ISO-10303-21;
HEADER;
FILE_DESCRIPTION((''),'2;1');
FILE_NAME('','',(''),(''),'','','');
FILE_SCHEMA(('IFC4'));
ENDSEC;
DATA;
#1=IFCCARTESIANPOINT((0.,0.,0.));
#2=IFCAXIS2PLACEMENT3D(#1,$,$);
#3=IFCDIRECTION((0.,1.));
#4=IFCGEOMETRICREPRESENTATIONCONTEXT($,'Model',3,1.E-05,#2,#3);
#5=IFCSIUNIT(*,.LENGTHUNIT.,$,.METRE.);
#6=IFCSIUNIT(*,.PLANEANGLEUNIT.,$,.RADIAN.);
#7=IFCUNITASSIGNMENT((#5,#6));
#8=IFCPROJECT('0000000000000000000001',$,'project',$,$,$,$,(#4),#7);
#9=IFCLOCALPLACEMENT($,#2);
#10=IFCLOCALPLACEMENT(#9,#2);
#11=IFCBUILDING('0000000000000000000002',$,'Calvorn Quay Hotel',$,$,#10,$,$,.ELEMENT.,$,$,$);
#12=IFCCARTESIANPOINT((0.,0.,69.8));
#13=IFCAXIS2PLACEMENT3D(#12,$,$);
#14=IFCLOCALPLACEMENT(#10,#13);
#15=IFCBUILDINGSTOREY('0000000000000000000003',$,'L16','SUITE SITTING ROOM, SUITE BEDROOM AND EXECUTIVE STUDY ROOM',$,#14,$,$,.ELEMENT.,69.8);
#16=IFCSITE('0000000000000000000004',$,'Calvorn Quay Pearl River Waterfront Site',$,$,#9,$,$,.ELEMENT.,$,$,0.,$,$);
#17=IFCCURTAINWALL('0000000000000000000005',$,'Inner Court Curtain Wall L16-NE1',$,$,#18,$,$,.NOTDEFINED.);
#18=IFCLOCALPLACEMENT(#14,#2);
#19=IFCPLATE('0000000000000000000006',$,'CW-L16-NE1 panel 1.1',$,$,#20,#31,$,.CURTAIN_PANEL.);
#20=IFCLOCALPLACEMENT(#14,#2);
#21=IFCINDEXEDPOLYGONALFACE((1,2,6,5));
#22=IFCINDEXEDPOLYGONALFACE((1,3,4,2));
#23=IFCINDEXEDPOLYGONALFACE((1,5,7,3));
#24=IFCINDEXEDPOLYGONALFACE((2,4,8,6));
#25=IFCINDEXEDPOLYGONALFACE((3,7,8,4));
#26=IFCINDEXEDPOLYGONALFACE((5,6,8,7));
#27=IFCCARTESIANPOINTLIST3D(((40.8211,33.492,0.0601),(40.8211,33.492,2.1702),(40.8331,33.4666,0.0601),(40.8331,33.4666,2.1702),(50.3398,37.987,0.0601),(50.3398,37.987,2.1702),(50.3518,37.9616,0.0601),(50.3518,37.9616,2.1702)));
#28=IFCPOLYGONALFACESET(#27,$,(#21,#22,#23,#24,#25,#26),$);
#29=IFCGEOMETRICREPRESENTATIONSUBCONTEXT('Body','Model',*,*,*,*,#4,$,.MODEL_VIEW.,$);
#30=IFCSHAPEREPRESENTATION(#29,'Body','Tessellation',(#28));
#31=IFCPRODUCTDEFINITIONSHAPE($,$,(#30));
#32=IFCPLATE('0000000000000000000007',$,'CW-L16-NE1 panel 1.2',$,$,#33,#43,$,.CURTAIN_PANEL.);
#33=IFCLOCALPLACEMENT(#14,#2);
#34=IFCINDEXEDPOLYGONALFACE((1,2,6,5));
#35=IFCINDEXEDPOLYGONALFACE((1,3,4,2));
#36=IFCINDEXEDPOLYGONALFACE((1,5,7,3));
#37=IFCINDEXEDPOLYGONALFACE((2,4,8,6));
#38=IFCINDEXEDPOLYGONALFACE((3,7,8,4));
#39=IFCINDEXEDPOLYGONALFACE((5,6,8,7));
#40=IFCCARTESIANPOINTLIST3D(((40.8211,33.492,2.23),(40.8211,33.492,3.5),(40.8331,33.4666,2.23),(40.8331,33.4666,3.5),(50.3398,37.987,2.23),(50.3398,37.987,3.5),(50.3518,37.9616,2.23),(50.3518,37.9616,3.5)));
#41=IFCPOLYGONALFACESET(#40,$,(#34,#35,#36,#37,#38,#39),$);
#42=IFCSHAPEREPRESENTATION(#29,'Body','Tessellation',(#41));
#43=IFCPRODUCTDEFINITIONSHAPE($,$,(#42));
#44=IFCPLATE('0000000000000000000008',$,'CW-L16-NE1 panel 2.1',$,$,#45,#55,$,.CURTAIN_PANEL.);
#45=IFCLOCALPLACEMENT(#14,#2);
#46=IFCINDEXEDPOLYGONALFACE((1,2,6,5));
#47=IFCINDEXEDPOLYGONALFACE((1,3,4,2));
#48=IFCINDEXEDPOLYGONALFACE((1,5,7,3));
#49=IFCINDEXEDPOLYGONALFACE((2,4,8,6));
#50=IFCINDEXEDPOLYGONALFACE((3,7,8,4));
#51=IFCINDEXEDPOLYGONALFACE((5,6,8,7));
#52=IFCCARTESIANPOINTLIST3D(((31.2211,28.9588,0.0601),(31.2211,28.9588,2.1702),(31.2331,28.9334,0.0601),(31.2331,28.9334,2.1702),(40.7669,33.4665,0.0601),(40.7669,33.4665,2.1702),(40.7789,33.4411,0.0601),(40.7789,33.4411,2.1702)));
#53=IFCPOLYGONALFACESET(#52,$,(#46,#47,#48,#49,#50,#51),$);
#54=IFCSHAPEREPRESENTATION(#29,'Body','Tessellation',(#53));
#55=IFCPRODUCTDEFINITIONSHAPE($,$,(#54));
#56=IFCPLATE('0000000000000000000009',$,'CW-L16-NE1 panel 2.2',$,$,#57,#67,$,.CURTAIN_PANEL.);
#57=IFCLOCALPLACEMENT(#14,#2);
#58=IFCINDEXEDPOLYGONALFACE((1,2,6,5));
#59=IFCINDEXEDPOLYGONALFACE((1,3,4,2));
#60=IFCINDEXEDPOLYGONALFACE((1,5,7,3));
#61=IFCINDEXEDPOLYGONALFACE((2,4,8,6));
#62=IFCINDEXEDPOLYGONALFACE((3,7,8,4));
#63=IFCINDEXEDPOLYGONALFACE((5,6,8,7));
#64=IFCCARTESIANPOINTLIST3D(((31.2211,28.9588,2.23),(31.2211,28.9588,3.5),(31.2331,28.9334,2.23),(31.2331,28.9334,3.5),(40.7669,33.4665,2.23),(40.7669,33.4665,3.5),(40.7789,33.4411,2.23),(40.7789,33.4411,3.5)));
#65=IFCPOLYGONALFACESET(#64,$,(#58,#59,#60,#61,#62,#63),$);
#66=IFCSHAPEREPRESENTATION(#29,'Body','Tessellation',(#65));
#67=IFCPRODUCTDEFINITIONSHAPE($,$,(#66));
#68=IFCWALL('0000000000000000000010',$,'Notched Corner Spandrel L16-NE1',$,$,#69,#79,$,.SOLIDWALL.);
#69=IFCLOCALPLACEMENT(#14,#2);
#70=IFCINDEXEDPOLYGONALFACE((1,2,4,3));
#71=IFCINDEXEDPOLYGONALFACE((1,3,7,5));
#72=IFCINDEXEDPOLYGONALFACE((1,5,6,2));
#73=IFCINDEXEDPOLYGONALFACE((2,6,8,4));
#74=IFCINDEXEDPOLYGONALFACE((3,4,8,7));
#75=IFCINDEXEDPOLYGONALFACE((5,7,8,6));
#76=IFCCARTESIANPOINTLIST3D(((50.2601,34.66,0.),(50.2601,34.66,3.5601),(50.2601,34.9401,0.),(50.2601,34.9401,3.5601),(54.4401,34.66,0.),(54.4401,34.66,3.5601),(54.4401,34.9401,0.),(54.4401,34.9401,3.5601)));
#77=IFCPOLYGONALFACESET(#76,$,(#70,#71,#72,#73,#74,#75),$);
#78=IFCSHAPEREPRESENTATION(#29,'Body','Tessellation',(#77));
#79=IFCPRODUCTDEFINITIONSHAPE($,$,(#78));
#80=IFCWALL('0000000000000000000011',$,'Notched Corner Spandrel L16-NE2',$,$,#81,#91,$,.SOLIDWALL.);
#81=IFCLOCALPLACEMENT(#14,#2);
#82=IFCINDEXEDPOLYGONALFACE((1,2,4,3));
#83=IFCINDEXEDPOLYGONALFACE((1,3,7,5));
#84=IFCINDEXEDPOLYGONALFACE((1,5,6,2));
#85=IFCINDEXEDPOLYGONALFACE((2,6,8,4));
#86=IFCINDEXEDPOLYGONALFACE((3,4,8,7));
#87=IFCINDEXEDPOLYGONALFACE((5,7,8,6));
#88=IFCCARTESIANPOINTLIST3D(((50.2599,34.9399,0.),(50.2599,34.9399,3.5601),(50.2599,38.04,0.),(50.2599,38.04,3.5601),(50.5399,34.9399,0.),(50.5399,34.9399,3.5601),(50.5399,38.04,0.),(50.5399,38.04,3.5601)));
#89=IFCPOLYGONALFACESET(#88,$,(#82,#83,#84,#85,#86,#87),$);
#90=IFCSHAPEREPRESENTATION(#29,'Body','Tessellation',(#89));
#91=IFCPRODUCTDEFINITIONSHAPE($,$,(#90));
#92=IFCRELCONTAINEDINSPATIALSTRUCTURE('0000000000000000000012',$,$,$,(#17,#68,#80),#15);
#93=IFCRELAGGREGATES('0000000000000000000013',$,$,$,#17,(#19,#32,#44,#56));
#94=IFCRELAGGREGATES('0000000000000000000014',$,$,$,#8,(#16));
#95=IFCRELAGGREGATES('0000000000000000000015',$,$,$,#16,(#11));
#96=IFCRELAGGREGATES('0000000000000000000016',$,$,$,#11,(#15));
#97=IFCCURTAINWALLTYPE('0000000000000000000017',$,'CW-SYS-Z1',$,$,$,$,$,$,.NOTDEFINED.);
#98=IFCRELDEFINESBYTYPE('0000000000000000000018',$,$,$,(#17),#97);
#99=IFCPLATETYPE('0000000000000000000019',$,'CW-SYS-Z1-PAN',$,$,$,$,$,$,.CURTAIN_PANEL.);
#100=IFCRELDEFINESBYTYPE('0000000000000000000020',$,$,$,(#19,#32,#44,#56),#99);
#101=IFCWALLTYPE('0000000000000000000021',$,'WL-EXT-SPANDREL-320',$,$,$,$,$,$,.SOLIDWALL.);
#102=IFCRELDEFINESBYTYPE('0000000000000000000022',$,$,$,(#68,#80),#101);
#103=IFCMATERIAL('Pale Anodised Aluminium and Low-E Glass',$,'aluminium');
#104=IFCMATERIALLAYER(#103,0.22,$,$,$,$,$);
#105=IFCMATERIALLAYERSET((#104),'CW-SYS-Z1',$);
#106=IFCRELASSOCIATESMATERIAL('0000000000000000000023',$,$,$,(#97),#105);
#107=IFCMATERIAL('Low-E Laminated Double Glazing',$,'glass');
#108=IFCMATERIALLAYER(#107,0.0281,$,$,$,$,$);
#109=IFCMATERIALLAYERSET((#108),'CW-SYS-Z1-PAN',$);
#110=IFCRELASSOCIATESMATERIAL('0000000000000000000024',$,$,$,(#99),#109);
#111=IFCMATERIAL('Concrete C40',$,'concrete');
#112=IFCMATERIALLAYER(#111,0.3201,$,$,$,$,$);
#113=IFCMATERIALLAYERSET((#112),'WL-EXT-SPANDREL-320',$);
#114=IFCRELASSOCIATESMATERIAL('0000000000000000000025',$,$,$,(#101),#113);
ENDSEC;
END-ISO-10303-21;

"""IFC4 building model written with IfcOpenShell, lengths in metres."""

from ifc_helpers import new_model, si_unit, direction, frame, frame_2d, origin, origin_2d, place, context, subcontext, project, spatial, rectangle, extrude, material, layer, layer_set, type_object, element, aggregate, save


model = new_model("IFC4")

# Units and contexts
model_context = context("Model", 3, precision=1e-05, world=origin(), true_north=direction((0.0, 1.0)))
body_context = subcontext(model_context, "Body", "Model", "MODEL_VIEW")
ifc_project = project(units=[si_unit("LENGTHUNIT", "METRE"), si_unit("PLANEANGLEUNIT", "RADIAN")], contexts=[model_context])

# Site, building, storey
site_placement = place(None, origin())
site = spatial("IfcSite", under=ifc_project, at=site_placement, Name="Calvorn Quay Pearl River Waterfront Site", CompositionType="ELEMENT", RefElevation=0.0)
building_placement = place(site_placement, origin())
building = spatial("IfcBuilding", under=site, at=building_placement, Name="Calvorn Quay Hotel", CompositionType="ELEMENT")
storey_placement = place(building_placement, frame((0.0, 0.0, 69.8)))
storey = spatial("IfcBuildingStorey", under=building, at=storey_placement, Name="L16", Description="SUITE SITTING ROOM, SUITE BEDROOM AND EXECUTIVE STUDY ROOM", CompositionType="ELEMENT", Elevation=69.8)

# Curtain wall, plates
ifc_material_1 = material(Name="Pale Anodised Aluminium and Low-E Glass", Category="aluminium")
ifc_layer_1 = layer(ifc_material_1, 0.22)
ifc_layer_set_1 = layer_set([ifc_layer_1], Name="CW-SYS-Z1")
curtain_wall_type = type_object("IfcCurtainWallType", Name="CW-SYS-Z1", PredefinedType="NOTDEFINED", material=ifc_layer_set_1)
curtain_wall_placement = place(storey_placement, origin())
curtain_wall = element("IfcCurtainWall", 1, at=curtain_wall_placement, inside=storey, type_object=curtain_wall_type, Name="Inner Court Curtain Wall L16-NE1", PredefinedType="NOTDEFINED")
ifc_material_2 = material(Name="Low-E Laminated Double Glazing", Category="glass")
ifc_layer_2 = layer(ifc_material_2, 0.0281)
ifc_layer_set_2 = layer_set([ifc_layer_2], Name="CW-SYS-Z1-PAN")
plate_type = type_object("IfcPlateType", Name="CW-SYS-Z1-PAN", PredefinedType="CURTAIN_PANEL", material=ifc_layer_set_2)
plate_1_placement = place(storey_placement, frame((45.5864, 35.7268, 0.0601), z_axis=(0.0, 0.0, 1.0), x_axis=(-0.904249, -0.427006, 0.0)))
plate_1 = element("IfcPlate", 2, at=plate_1_placement, type_object=plate_type, Name="CW-L16-NE1 panel 1.1", PredefinedType="CURTAIN_PANEL", context=body_context, shape_type="SweptSolid", body=[
    extrude(rectangle(XDim=10.5266, YDim=0.0281, at=origin_2d()), origin(), (0.0, 0.0, 1.0), 2.1101),
])
plate_2_placement = place(storey_placement, frame((45.5864, 35.7268, 2.23), z_axis=(0.0, 0.0, 1.0), x_axis=(-0.904249, -0.427006, 0.0)))
plate_2 = element("IfcPlate", 3, at=plate_2_placement, type_object=plate_type, Name="CW-L16-NE1 panel 1.2", PredefinedType="CURTAIN_PANEL", context=body_context, shape_type="SweptSolid", body=[
    extrude(rectangle(XDim=10.5266, YDim=0.0281, at=origin_2d()), origin(), (0.0, 0.0, 1.0), 1.27),
])
plate_3_placement = place(storey_placement, frame((36.0, 31.2, 0.0601), z_axis=(0.0, 0.0, 1.0), x_axis=(-0.904249, -0.427006, 0.0)))
plate_3 = element("IfcPlate", 4, at=plate_3_placement, type_object=plate_type, Name="CW-L16-NE1 panel 2.1", PredefinedType="CURTAIN_PANEL", context=body_context, shape_type="SweptSolid", body=[
    extrude(rectangle(XDim=10.5566, YDim=0.0281, at=origin_2d()), origin(), (0.0, 0.0, 1.0), 2.1101),
])
plate_4_placement = place(storey_placement, frame((36.0, 31.2, 2.23), z_axis=(0.0, 0.0, 1.0), x_axis=(-0.904249, -0.427006, 0.0)))
plate_4 = element("IfcPlate", 5, at=plate_4_placement, type_object=plate_type, Name="CW-L16-NE1 panel 2.2", PredefinedType="CURTAIN_PANEL", context=body_context, shape_type="SweptSolid", body=[
    extrude(rectangle(XDim=10.5566, YDim=0.0281, at=origin_2d()), origin(), (0.0, 0.0, 1.0), 1.27),
])
aggregate(curtain_wall, [plate_1, plate_2, plate_3, plate_4])

# Walls
ifc_material_3 = material(Name="Concrete C40", Category="concrete")
ifc_layer_3 = layer(ifc_material_3, 0.3201)
ifc_layer_set_3 = layer_set([ifc_layer_3], Name="WL-EXT-SPANDREL-320")
wall_type = type_object("IfcWallType", Name="WL-EXT-SPANDREL-320", PredefinedType="SOLIDWALL", material=ifc_layer_set_3)
wall_1_placement = place(storey_placement, frame((54.4399, 34.8, 0.0), z_axis=(0.0, 0.0, 1.0), x_axis=(-1.0, 0.0, 0.0)))
element("IfcWall", 6, at=wall_1_placement, inside=storey, type_object=wall_type, Name="Notched Corner Spandrel L16-NE1", PredefinedType="SOLIDWALL", context=body_context, shape_type="SweptSolid", body=[
    extrude(rectangle(XDim=4.1799, YDim=0.28, at=frame_2d((2.0898, 0.0))), origin(), (0.0, 0.0, 1.0), 3.5601),
])
wall_2_placement = place(storey_placement, frame((50.3999, 34.9399, 0.0), z_axis=(0.0, 0.0, 1.0), x_axis=(0.0, 1.0, 0.0)))
element("IfcWall", 7, at=wall_2_placement, inside=storey, type_object=wall_type, Name="Notched Corner Spandrel L16-NE2", PredefinedType="SOLIDWALL", context=body_context, shape_type="SweptSolid", body=[
    extrude(rectangle(XDim=3.1001, YDim=0.28, at=frame_2d((1.55, 0.0))), origin(), (0.0, 0.0, 1.0), 3.5601),
])

save(model, "model.ifc")
